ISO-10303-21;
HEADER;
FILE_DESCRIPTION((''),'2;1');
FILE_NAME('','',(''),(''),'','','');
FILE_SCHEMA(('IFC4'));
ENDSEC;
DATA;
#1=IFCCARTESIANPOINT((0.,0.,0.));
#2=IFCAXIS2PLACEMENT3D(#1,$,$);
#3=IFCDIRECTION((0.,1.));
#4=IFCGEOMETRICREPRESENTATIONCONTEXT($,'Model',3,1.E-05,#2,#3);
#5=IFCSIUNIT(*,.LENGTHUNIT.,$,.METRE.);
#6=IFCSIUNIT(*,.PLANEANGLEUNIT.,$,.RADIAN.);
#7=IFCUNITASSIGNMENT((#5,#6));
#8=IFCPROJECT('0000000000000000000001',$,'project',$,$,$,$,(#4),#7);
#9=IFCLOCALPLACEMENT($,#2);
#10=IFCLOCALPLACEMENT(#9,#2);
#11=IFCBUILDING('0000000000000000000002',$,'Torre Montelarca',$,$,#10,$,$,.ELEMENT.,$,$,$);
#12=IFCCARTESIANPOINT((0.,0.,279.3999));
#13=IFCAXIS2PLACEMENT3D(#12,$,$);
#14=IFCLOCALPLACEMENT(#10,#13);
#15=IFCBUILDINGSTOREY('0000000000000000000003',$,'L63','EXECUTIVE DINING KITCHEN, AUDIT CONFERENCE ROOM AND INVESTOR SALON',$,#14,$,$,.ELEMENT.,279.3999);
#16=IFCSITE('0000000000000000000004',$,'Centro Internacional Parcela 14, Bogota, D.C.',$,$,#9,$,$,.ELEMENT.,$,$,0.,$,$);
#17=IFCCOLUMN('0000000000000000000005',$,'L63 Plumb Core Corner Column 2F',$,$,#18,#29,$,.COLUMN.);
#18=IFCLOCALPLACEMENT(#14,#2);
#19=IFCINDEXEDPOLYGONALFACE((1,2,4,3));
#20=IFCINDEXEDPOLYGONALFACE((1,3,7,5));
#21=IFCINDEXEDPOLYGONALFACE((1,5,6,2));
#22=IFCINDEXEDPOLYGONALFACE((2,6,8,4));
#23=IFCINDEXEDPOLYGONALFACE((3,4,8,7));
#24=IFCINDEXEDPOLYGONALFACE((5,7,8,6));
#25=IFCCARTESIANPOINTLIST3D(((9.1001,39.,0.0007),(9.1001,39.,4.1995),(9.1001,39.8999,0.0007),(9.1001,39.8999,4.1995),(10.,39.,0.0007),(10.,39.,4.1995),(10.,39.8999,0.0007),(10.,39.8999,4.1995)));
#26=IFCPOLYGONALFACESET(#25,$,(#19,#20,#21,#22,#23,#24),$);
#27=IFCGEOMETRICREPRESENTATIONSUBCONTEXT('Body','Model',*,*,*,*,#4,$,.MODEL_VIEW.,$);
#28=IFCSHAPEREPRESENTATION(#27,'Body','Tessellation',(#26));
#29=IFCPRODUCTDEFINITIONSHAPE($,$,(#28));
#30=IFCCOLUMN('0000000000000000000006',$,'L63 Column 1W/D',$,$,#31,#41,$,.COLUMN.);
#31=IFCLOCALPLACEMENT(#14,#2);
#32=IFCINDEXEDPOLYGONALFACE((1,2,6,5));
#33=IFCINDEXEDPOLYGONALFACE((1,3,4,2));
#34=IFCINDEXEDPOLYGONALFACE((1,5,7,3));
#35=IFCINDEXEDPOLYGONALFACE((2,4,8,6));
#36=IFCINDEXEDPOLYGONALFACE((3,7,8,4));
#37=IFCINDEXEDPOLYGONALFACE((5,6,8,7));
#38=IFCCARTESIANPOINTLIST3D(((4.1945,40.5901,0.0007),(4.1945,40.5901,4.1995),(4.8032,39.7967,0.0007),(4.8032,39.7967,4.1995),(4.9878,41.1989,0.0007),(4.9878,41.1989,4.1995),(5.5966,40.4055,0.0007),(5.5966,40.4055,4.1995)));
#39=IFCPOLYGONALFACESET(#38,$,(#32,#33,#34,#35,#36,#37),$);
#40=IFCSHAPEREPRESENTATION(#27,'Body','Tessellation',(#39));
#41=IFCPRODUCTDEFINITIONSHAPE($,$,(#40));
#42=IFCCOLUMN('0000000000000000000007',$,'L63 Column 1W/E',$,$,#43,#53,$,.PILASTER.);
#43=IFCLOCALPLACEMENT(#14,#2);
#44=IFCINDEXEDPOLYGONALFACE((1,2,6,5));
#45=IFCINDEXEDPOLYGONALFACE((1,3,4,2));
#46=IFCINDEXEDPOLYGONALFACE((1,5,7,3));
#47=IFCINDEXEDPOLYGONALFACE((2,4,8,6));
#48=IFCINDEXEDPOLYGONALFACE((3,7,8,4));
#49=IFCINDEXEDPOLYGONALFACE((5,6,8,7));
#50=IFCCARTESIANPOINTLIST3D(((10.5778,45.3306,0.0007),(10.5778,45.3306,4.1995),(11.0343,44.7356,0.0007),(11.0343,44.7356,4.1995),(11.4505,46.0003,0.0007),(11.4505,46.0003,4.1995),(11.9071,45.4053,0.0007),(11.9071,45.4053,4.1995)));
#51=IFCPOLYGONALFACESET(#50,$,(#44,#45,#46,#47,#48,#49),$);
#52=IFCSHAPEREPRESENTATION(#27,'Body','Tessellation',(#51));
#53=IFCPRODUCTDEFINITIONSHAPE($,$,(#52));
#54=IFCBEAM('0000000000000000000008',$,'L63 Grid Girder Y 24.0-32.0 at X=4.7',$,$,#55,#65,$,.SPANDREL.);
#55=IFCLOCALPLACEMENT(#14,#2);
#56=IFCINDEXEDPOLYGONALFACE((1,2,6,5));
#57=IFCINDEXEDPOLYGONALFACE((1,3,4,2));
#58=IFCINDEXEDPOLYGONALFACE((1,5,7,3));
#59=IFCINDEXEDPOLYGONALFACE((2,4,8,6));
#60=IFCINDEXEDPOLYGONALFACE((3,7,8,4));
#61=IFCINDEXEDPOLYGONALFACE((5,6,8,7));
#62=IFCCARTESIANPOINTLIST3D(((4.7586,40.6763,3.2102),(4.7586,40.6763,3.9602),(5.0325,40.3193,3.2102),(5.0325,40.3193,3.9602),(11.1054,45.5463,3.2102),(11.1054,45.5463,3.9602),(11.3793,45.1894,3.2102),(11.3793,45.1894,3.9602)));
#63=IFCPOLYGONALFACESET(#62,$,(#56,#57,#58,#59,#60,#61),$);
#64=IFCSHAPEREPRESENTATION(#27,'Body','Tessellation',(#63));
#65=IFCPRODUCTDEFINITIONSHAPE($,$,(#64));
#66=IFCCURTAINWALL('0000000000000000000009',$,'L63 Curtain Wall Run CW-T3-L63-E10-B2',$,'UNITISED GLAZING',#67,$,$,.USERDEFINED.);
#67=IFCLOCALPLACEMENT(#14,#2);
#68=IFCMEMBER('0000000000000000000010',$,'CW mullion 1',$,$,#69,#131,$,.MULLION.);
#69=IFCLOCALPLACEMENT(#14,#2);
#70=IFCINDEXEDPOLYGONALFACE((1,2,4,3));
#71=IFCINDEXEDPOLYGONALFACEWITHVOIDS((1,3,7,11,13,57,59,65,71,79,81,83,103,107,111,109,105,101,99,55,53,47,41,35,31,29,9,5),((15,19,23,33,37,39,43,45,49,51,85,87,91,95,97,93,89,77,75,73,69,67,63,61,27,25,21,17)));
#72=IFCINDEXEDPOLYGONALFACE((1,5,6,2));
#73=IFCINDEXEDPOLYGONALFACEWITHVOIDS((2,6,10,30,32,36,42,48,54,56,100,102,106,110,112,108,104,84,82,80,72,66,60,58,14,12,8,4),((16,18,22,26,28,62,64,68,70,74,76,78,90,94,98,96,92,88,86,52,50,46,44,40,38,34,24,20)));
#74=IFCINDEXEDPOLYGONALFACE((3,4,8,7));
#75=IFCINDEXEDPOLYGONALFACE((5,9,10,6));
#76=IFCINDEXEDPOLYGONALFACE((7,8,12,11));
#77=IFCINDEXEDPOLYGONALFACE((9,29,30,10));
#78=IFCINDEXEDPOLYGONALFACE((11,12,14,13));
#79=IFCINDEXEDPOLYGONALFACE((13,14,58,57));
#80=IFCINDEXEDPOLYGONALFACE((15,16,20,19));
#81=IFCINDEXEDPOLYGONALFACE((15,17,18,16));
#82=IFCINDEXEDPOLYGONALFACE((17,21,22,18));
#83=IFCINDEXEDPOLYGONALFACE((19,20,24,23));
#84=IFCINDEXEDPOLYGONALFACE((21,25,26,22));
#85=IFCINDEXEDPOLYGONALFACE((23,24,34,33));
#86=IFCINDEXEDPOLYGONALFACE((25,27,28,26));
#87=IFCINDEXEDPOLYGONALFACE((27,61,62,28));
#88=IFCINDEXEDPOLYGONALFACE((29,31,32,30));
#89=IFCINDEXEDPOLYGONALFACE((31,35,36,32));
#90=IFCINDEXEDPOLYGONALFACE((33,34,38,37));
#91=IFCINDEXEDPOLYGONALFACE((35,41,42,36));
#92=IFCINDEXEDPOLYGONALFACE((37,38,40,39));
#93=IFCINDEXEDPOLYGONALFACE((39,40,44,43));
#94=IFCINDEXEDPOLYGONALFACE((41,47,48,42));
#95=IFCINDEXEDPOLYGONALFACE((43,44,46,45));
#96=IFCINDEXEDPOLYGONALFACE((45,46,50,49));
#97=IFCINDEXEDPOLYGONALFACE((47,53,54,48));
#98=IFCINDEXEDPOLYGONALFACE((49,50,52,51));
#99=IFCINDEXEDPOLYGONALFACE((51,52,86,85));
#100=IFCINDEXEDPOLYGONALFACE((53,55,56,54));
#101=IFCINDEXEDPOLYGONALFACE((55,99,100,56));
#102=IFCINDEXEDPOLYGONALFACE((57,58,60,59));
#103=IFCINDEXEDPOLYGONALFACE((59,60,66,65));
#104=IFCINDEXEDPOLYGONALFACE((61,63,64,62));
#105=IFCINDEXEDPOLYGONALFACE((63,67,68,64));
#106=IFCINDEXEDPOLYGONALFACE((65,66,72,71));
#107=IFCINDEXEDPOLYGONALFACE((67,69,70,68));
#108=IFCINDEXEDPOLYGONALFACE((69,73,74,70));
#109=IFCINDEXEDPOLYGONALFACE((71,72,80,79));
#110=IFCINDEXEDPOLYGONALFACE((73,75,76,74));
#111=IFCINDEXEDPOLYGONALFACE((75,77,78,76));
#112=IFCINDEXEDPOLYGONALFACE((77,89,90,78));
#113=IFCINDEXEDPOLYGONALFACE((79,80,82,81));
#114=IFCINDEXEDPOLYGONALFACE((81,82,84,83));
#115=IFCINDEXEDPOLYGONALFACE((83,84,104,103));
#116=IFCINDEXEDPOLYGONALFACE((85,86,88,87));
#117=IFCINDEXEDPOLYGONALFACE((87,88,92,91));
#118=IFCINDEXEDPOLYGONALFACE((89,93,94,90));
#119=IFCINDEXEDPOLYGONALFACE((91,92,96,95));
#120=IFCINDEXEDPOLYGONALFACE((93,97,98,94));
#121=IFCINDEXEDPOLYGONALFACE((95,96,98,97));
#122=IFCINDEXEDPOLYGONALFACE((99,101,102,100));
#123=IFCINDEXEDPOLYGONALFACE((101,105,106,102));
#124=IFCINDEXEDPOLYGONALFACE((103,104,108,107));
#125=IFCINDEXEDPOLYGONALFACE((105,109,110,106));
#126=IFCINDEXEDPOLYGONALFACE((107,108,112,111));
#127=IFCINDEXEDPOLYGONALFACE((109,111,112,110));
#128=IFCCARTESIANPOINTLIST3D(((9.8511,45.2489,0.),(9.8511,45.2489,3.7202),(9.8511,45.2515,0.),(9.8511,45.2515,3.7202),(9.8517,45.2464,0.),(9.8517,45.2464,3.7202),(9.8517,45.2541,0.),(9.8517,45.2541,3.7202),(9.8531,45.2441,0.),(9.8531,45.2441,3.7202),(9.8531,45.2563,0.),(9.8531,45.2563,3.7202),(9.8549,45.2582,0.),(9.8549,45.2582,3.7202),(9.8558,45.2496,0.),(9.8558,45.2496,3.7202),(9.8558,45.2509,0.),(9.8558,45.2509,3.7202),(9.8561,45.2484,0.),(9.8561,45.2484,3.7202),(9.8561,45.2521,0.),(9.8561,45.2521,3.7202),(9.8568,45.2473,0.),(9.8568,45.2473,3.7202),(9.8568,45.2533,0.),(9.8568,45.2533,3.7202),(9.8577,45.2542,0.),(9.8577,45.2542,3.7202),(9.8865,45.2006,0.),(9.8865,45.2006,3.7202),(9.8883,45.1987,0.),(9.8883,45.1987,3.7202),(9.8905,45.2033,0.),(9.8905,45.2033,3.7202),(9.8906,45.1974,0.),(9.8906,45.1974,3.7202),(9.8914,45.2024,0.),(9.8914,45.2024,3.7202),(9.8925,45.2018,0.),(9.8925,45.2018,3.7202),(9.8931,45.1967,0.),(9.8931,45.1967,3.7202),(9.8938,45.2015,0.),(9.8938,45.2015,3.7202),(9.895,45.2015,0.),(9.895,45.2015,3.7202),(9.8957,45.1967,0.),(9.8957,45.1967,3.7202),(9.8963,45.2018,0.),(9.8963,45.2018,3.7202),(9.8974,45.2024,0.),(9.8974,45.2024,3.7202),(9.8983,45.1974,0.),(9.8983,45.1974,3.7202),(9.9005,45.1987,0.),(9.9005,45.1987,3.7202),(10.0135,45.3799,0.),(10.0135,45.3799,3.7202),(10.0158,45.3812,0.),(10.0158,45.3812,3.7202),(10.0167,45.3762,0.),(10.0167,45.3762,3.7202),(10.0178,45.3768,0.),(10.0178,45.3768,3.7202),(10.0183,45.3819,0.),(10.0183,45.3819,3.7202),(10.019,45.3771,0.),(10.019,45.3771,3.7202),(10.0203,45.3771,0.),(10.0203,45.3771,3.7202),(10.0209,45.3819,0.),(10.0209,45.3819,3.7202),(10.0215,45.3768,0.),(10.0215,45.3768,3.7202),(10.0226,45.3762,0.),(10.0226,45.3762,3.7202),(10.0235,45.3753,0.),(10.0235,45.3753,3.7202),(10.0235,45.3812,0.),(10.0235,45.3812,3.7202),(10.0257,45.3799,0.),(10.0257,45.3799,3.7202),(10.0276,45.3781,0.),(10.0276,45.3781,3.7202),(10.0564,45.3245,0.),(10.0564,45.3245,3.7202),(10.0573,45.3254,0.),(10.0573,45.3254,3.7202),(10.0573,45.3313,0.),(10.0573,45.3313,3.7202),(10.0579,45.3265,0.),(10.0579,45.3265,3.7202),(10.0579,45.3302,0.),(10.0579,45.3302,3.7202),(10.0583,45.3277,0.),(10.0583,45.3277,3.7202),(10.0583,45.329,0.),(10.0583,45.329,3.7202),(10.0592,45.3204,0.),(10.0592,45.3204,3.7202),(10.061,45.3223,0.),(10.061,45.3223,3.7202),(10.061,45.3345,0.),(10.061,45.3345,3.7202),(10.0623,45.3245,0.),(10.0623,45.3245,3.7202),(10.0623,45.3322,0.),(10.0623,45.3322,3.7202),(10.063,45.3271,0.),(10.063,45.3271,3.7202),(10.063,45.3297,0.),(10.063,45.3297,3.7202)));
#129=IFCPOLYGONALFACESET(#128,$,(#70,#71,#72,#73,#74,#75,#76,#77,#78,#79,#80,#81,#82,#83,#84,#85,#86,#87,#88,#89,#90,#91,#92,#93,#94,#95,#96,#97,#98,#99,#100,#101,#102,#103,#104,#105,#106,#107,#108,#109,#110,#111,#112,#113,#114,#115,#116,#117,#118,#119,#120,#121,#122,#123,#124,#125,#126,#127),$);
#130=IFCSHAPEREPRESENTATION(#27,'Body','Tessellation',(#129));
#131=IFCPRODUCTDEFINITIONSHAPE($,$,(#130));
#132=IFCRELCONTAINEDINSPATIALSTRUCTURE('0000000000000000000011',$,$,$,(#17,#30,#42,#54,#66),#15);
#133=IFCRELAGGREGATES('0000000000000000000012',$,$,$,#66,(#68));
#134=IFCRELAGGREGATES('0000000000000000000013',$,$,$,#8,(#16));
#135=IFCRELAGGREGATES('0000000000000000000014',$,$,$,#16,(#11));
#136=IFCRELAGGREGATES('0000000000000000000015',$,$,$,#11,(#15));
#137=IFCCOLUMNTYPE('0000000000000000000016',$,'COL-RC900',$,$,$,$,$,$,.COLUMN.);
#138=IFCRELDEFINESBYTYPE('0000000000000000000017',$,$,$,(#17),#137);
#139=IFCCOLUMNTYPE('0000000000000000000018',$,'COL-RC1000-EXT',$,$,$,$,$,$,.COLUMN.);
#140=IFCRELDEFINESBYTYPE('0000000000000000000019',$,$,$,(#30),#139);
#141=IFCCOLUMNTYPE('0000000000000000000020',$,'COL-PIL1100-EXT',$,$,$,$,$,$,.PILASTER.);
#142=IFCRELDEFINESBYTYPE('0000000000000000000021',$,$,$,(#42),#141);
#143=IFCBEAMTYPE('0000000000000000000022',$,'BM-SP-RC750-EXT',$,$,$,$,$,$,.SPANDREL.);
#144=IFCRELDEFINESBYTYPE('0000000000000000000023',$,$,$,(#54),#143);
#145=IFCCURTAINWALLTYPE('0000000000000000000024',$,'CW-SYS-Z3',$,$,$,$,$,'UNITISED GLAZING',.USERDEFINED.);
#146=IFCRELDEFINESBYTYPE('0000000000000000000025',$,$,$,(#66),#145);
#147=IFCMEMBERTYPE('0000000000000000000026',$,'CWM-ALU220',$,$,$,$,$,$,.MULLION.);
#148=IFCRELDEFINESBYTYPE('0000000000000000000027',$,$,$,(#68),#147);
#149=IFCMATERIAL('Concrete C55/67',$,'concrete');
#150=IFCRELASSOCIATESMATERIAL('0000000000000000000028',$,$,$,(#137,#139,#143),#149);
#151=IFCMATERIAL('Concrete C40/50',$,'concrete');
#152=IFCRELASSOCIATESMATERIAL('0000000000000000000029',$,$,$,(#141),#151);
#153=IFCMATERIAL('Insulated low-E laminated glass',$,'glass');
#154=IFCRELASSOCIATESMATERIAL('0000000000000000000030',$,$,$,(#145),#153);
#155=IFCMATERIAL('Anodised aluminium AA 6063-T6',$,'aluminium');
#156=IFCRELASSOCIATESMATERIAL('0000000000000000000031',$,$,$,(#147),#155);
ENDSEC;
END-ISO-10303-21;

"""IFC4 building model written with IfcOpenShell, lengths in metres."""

from ifc_helpers import new_model, si_unit, direction, frame, origin, origin_2d, place, context, subcontext, project, spatial, rectangle, hollow_rectangle, extrude, source, transform, mapped, material, material_profile, profile_set, type_object, element, aggregate, save


model = new_model("IFC4")

# Units and contexts
model_context = context("Model", 3, precision=1e-05, world=origin(), true_north=direction((0.0, 1.0)))
body_context = subcontext(model_context, "Body", "Model", "MODEL_VIEW")
ifc_project = project(units=[si_unit("LENGTHUNIT", "METRE"), si_unit("PLANEANGLEUNIT", "RADIAN")], contexts=[model_context])

# Site, building, storey
site_placement = place(None, origin())
site = spatial("IfcSite", under=ifc_project, at=site_placement, Name="Centro Internacional Parcela 14, Bogota, D.C.", CompositionType="ELEMENT", RefElevation=0.0)
building_placement = place(site_placement, origin())
building = spatial("IfcBuilding", under=site, at=building_placement, Name="Torre Montelarca", CompositionType="ELEMENT")
storey_placement = place(building_placement, frame((0.0, 0.0, 279.3999)))
storey = spatial("IfcBuildingStorey", under=building, at=storey_placement, Name="L63", Description="EXECUTIVE DINING KITCHEN, AUDIT CONFERENCE ROOM AND INVESTOR SALON", CompositionType="ELEMENT", Elevation=279.3999)

# Columns
ifc_material_1 = material(Name="Concrete C55/67", Category="concrete")
ifc_material_profile_1 = material_profile(ifc_material_1, rectangle(XDim=0.8999, YDim=0.8999, at=origin_2d()), Name="RC900X900", Category="concrete")
ifc_profile_set_1 = profile_set([ifc_material_profile_1], Name="Concrete C55/67")
column_type_1 = type_object("IfcColumnType", Name="COL-RC900", PredefinedType="COLUMN", material=ifc_profile_set_1)
shared_shape_1 = source(origin(), body_context, "Body", "SweptSolid", [
    extrude(rectangle(XDim=0.8999, YDim=0.8999, at=origin_2d()), origin(), (0.0, 0.0, 1.0), 4.1987),
])
column_1_placement = place(storey_placement, frame((9.55, 39.45, 0.0007), z_axis=(0.0, 0.0, 1.0), x_axis=(1.0, 0.0, 0.0)))
element("IfcColumn", 1, at=column_1_placement, inside=storey, type_object=column_type_1, Name="L63 Plumb Core Corner Column 2F", PredefinedType="COLUMN", context=body_context, shape_type="MappedRepresentation", body=[
    mapped(shared_shape_1, transform((0.0, 0.0, 0.0), scale=1.0)),
])
ifc_material_profile_2 = material_profile(ifc_material_1, rectangle(XDim=1.0, YDim=1.0, at=origin_2d()), Name="RC1000X1000", Category="concrete")
ifc_profile_set_2 = profile_set([ifc_material_profile_2], Name="Concrete C55/67")
column_type_2 = type_object("IfcColumnType", Name="COL-RC1000-EXT", PredefinedType="COLUMN", material=ifc_profile_set_2)
shared_shape_2 = source(origin(), body_context, "Body", "SweptSolid", [
    extrude(rectangle(XDim=1.0, YDim=1.0, at=origin_2d()), origin(), (0.0, 0.0, 1.0), 4.1987),
])
column_2_placement = place(storey_placement, frame((4.8955, 40.4978, 0.0007), z_axis=(0.0, 0.0, 1.0), x_axis=(-0.608761, 0.793353, 0.0)))
element("IfcColumn", 2, at=column_2_placement, inside=storey, type_object=column_type_2, Name="L63 Column 1W/D", PredefinedType="COLUMN", context=body_context, shape_type="MappedRepresentation", body=[
    mapped(shared_shape_2, transform((0.0, 0.0, 0.0), scale=1.0)),
])
ifc_material_2 = material(Name="Concrete C40/50", Category="concrete")
ifc_material_profile_3 = material_profile(ifc_material_2, rectangle(XDim=0.75, YDim=1.1001, at=origin_2d()), Name="RC1100X750", Category="concrete")
ifc_profile_set_3 = profile_set([ifc_material_profile_3], Name="Concrete C40/50")
column_type_3 = type_object("IfcColumnType", Name="COL-PIL1100-EXT", PredefinedType="PILASTER", material=ifc_profile_set_3)
shared_shape_3 = source(origin(), body_context, "Body", "SweptSolid", [
    extrude(rectangle(XDim=0.75, YDim=1.1001, at=origin_2d()), origin(), (0.0, 0.0, 1.0), 4.1987),
])
column_3_placement = place(storey_placement, frame((11.2424, 45.3679, 0.0007), z_axis=(0.0, 0.0, 1.0), x_axis=(-0.608761, 0.793353, 0.0)))
element("IfcColumn", 3, at=column_3_placement, inside=storey, type_object=column_type_3, Name="L63 Column 1W/E", PredefinedType="PILASTER", context=body_context, shape_type="MappedRepresentation", body=[
    mapped(shared_shape_3, transform((0.0, 0.0, 0.0), scale=1.0)),
])

# Beam
ifc_material_profile_4 = material_profile(ifc_material_1, rectangle(XDim=0.45, YDim=0.75, at=origin_2d()), Name="RCB450X750", Category="concrete")
ifc_profile_set_4 = profile_set([ifc_material_profile_4], Name="Concrete C55/67")
beam_type = type_object("IfcBeamType", Name="BM-SP-RC750-EXT", PredefinedType="SPANDREL", material=ifc_profile_set_4)
shared_shape_4 = source(origin(), body_context, "Body", "SweptSolid", [
    extrude(rectangle(XDim=0.45, YDim=0.75, at=origin_2d()), origin(), (0.0, 0.0, 1.0), 8.0),
])
beam_placement = place(storey_placement, frame((4.8955, 40.4978, 3.5852), z_axis=(0.793356, 0.608758, 0.0), x_axis=(-0.608758, 0.793356, 0.0)))
element("IfcBeam", 4, at=beam_placement, inside=storey, type_object=beam_type, Name="L63 Grid Girder Y 24.0-32.0 at X=4.7", PredefinedType="SPANDREL", context=body_context, shape_type="MappedRepresentation", body=[
    mapped(shared_shape_4, transform((0.0, 0.0, 0.0), scale=1.0)),
])

# Curtain wall, member
ifc_material_3 = material(Name="Insulated low-E laminated glass", Category="glass")
curtain_wall_type = type_object("IfcCurtainWallType", Name="CW-SYS-Z3", ElementType="UNITISED GLAZING", PredefinedType="USERDEFINED", material=ifc_material_3)
curtain_wall_1_placement = place(storey_placement, origin())
curtain_wall_1 = element("IfcCurtainWall", 5, at=curtain_wall_1_placement, inside=storey, type_object=curtain_wall_type, Name="L63 Curtain Wall Run CW-T3-L63-E10-B2", ObjectType="UNITISED GLAZING", PredefinedType="USERDEFINED")
ifc_material_4 = material(Name="Anodised aluminium AA 6063-T6", Category="aluminium")
ifc_material_profile_5 = material_profile(ifc_material_4, hollow_rectangle(XDim=0.075, YDim=0.22, WallThickness=0.0049, InnerFilletRadius=0.0049, OuterFilletRadius=0.01, at=origin_2d()), Name="ALU75X220X5", Category="aluminium")
ifc_profile_set_5 = profile_set([ifc_material_profile_5], Name="Anodised aluminium AA 6063-T6")
member_type_1 = type_object("IfcMemberType", Name="CWM-ALU220", PredefinedType="MULLION", material=ifc_profile_set_5)
shared_shape_5 = source(origin(), body_context, "Body", "SweptSolid", [
    extrude(hollow_rectangle(XDim=0.075, YDim=0.22, WallThickness=0.0049, InnerFilletRadius=0.0049, OuterFilletRadius=0.01, at=origin_2d()), origin(), (0.0, 0.0, 1.0), 3.7202),
])
member_1_placement = place(storey_placement, frame((9.957, 45.2893, 0.0), z_axis=(0.0, 0.0, 1.0), x_axis=(0.608773, -0.793345, 0.0)))
member_1 = element("IfcMember", 6, at=member_1_placement, type_object=member_type_1, Name="CW mullion 1", PredefinedType="MULLION", context=body_context, shape_type="MappedRepresentation", body=[
    mapped(shared_shape_5, transform((0.0, 0.0, 0.0), scale=1.0)),
])

aggregate(curtain_wall_1, [member_1])

save(model, "model.ifc")
